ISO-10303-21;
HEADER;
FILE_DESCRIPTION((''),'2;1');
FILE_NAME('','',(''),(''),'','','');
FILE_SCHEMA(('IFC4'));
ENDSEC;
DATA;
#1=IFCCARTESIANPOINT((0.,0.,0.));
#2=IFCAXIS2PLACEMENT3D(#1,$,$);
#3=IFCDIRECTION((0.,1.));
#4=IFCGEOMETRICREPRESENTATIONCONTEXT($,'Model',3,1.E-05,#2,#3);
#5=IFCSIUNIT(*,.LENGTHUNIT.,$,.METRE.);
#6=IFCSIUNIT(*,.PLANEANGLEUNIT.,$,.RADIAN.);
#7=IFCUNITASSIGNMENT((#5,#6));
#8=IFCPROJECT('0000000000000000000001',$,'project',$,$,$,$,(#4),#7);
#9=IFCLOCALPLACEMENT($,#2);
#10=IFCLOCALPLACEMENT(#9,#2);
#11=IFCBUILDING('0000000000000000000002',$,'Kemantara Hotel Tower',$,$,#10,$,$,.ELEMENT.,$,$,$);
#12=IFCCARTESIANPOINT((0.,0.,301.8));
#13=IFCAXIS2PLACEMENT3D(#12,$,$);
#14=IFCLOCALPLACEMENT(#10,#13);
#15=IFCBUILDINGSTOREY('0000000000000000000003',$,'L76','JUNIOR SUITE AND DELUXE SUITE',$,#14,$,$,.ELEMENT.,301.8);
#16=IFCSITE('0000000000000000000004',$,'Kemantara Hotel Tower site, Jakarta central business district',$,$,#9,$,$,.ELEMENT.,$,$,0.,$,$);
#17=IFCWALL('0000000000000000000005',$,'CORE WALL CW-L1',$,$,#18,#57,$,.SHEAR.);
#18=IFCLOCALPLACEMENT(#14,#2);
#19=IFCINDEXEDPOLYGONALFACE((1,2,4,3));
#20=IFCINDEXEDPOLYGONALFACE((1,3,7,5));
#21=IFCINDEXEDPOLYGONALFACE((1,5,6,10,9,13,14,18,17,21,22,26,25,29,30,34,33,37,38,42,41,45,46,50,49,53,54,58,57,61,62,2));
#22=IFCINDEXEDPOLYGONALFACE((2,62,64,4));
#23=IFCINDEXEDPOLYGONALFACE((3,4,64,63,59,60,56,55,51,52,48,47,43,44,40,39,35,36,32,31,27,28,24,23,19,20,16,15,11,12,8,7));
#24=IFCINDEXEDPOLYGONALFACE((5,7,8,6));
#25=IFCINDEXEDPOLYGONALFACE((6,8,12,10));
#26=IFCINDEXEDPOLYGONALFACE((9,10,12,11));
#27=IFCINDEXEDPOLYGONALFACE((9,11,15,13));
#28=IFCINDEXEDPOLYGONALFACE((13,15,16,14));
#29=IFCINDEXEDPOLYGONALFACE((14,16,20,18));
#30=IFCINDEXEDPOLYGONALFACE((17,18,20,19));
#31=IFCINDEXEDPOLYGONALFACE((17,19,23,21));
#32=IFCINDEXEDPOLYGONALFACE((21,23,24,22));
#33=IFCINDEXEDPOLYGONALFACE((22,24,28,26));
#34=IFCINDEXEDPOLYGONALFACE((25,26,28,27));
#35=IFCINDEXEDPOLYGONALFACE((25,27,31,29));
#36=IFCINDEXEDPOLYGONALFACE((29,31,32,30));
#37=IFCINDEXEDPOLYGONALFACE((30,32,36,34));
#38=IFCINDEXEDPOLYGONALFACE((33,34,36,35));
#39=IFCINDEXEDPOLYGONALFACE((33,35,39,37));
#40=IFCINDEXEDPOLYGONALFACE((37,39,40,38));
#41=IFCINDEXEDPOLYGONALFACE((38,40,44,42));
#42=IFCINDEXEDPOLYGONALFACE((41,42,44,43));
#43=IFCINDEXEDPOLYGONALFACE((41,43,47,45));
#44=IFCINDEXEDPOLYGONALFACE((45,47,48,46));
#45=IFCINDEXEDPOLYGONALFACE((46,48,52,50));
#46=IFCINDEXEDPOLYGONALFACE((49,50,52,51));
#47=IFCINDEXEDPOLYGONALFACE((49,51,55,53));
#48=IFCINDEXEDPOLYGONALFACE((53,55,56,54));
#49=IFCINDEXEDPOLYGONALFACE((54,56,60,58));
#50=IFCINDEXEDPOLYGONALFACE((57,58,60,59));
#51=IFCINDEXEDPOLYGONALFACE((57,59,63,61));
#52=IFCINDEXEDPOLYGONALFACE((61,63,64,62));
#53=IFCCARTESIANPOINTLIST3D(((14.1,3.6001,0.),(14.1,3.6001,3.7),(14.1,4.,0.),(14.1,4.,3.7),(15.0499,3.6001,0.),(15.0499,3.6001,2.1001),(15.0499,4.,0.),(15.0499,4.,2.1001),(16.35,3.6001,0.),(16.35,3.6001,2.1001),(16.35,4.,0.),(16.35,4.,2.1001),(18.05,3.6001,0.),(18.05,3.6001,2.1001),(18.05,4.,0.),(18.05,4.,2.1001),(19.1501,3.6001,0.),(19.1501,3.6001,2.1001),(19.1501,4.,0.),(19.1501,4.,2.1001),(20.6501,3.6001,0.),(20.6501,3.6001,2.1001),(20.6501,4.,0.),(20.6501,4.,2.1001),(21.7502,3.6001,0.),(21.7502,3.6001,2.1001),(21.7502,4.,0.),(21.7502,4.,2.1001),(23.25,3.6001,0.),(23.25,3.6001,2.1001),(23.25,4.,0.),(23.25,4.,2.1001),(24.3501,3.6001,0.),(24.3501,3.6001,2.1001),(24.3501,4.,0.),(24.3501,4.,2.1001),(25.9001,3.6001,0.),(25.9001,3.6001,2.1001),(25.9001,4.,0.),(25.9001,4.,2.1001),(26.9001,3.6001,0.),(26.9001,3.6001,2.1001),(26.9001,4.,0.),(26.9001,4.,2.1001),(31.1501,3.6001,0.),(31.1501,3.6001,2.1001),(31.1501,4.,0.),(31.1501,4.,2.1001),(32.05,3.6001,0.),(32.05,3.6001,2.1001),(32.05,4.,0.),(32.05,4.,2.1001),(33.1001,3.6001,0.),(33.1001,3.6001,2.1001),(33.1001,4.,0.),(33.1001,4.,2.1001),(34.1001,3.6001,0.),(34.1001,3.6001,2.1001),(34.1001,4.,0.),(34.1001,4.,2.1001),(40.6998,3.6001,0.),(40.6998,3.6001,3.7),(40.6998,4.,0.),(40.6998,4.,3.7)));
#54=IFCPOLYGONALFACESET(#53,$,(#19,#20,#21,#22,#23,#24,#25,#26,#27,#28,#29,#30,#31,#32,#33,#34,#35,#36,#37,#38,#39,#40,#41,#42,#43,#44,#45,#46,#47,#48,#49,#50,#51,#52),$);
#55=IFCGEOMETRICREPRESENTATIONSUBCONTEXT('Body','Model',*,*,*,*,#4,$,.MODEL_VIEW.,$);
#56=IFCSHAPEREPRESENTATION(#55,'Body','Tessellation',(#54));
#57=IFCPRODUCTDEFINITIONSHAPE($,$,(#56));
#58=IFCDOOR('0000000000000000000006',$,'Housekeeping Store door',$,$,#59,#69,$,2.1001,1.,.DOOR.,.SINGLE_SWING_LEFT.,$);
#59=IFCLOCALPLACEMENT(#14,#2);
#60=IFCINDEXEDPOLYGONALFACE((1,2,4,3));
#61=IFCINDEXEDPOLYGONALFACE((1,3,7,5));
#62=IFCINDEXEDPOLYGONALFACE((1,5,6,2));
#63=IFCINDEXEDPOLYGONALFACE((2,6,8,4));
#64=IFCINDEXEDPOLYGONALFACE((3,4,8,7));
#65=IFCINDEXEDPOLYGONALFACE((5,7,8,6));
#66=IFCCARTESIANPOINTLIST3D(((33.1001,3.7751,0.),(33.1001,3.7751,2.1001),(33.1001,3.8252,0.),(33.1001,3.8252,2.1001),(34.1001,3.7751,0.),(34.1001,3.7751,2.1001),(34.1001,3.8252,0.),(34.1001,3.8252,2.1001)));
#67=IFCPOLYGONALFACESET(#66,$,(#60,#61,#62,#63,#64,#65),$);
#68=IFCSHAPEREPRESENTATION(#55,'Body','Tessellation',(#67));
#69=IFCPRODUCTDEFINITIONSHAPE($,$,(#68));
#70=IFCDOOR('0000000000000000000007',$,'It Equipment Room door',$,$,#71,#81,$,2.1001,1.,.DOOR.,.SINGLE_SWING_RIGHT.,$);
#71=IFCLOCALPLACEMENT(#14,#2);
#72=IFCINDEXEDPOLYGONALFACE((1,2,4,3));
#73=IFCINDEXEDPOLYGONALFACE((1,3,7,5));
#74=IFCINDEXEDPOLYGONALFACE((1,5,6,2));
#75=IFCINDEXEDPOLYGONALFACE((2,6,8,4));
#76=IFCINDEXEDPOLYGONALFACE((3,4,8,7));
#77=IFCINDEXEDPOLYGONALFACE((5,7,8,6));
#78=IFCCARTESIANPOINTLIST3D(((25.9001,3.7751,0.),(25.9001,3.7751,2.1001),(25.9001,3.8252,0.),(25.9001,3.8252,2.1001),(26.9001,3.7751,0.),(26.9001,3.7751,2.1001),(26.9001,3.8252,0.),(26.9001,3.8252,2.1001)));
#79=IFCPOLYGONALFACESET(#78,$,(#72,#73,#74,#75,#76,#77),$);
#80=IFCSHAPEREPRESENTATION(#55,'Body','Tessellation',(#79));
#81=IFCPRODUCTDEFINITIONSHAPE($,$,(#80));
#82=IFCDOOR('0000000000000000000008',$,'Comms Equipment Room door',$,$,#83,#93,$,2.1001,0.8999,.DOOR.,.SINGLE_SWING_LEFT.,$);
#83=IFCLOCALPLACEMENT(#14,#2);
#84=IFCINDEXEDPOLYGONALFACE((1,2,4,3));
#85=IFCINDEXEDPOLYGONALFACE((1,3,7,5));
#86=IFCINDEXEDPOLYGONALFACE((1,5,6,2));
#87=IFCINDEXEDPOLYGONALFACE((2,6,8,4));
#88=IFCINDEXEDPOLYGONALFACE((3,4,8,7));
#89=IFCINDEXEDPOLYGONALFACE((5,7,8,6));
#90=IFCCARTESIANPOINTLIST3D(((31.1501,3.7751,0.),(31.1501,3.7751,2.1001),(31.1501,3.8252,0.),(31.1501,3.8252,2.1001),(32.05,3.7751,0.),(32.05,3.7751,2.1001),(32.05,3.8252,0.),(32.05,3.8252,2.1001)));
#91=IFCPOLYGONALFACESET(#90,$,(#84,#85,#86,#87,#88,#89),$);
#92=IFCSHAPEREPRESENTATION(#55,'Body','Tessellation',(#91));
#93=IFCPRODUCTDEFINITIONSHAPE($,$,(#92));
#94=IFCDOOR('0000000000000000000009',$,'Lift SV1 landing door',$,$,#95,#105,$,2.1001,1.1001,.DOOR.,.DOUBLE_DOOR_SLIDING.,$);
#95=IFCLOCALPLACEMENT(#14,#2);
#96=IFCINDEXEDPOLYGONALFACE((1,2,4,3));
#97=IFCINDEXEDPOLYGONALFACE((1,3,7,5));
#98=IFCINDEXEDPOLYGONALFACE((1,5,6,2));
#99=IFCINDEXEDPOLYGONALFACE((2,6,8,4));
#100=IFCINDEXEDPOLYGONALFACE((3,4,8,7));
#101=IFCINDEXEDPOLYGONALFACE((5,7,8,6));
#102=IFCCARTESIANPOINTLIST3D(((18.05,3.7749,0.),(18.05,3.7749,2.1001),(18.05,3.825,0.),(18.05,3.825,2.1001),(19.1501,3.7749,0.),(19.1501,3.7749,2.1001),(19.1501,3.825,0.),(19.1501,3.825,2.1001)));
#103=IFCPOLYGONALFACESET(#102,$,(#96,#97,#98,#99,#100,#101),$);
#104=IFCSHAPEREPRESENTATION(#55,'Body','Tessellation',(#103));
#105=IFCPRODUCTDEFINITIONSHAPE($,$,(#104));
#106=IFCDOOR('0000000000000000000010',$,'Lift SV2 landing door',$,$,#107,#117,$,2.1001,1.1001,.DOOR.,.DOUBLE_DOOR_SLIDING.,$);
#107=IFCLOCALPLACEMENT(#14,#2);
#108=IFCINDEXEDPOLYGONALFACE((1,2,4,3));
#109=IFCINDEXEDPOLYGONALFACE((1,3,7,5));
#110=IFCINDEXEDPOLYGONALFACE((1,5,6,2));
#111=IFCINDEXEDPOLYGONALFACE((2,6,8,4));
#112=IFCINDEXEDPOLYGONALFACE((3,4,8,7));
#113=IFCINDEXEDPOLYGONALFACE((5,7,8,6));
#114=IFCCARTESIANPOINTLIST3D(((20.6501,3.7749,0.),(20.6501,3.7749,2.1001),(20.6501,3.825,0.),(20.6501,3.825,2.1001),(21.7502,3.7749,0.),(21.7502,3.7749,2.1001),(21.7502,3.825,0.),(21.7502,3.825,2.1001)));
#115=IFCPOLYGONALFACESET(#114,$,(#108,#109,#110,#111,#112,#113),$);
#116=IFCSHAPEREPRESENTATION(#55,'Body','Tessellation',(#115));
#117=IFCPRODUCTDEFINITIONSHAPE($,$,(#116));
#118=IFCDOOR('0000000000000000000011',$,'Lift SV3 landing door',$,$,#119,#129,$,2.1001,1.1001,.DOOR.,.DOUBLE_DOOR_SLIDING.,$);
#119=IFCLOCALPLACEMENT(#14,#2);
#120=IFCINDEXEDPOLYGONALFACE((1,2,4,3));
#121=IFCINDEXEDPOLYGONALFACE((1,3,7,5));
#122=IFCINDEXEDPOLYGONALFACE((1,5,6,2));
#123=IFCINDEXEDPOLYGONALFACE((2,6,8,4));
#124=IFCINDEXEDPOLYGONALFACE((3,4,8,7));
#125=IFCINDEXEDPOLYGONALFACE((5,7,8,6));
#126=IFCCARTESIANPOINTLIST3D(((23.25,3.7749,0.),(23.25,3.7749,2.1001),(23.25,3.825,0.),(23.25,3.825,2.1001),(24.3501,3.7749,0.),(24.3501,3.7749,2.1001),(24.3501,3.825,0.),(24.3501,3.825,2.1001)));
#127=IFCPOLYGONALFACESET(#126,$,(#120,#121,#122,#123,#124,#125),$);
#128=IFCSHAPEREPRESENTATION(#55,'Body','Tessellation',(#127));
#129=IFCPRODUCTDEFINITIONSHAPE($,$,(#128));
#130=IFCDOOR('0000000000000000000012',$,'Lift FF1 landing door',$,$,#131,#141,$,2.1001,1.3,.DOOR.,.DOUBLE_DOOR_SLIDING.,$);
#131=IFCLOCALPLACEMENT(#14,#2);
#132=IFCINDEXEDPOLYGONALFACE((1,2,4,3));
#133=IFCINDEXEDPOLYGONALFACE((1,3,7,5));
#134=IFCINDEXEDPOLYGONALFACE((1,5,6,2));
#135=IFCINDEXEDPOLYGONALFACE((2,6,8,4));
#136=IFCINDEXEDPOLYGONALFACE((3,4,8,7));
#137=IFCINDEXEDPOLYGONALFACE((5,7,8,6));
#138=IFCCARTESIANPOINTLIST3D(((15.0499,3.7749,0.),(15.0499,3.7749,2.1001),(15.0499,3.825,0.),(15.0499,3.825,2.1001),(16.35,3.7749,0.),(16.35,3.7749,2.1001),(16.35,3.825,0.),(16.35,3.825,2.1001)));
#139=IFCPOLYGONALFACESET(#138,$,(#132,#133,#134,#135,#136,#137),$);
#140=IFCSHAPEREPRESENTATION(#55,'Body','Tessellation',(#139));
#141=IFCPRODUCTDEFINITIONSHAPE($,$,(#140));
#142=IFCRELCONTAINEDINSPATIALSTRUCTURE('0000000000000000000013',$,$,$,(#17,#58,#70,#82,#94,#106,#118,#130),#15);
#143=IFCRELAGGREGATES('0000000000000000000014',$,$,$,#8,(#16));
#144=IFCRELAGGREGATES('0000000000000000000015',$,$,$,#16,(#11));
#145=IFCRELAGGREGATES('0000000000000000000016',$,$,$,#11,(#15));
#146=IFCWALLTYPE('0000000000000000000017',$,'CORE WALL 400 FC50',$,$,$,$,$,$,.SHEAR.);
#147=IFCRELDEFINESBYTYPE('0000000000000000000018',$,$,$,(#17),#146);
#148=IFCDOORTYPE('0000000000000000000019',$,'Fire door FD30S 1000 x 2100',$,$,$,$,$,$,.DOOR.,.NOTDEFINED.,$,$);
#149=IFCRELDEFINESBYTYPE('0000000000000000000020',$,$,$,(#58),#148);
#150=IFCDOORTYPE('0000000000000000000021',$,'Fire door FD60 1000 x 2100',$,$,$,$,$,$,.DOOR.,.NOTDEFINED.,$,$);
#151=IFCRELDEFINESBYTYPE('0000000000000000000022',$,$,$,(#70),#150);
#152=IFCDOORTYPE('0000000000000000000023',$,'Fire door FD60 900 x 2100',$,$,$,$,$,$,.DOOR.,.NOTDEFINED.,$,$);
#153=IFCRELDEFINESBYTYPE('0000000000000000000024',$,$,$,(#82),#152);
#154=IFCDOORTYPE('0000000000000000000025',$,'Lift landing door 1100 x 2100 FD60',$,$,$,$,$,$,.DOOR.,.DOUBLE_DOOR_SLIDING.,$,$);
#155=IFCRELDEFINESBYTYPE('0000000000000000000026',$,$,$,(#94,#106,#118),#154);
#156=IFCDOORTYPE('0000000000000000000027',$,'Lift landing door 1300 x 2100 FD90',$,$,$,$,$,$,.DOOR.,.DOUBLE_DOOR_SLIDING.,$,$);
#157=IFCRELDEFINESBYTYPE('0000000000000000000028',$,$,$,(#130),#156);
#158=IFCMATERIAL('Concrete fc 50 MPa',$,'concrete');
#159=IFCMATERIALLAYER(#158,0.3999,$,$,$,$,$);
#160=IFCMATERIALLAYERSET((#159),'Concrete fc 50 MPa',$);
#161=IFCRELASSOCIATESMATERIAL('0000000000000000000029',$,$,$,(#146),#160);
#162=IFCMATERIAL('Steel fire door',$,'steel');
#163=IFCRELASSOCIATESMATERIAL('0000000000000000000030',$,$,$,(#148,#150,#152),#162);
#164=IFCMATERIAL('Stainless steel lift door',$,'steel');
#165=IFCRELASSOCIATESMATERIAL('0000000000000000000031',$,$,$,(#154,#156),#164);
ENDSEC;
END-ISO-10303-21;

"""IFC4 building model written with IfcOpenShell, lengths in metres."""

from ifc_helpers import new_model, si_unit, direction, frame, frame_2d, origin, place, context, subcontext, project, spatial, rectangle, extrude, material, layer, layer_set, type_object, element, fill, save


model = new_model("IFC4")

# Units and contexts
model_context = context("Model", 3, precision=1e-05, world=origin(), true_north=direction((0.0, 1.0)))
body_context = subcontext(model_context, "Body", "Model", "MODEL_VIEW")
ifc_project = project(units=[si_unit("LENGTHUNIT", "METRE"), si_unit("PLANEANGLEUNIT", "RADIAN")], contexts=[model_context])

# Site, building, storey
site_placement = place(None, origin())
site = spatial("IfcSite", under=ifc_project, at=site_placement, Name="Kemantara Hotel Tower site, Jakarta central business district", CompositionType="ELEMENT", RefElevation=0.0)
building_placement = place(site_placement, origin())
building = spatial("IfcBuilding", under=site, at=building_placement, Name="Kemantara Hotel Tower", CompositionType="ELEMENT")
storey_placement = place(building_placement, frame((0.0, 0.0, 301.8)))
storey = spatial("IfcBuildingStorey", under=building, at=storey_placement, Name="L76", Description="JUNIOR SUITE AND DELUXE SUITE", CompositionType="ELEMENT", Elevation=301.8)

# Shared definitions
ifc_material_1 = material(Name="Concrete fc 50 MPa", Category="concrete")

# Shared definitions
ifc_layer_1 = layer(ifc_material_1, 0.3999)
ifc_layer_set_1 = layer_set([ifc_layer_1], Name="Concrete fc 50 MPa")
wall_type_1 = type_object("IfcWallType", Name="CORE WALL 400 FC50", PredefinedType="SHEAR", material=ifc_layer_set_1)
ifc_material_2 = material(Name="Steel fire door", Category="steel")
door_type_1 = type_object("IfcDoorType", Name="Fire door FD30S 1000 x 2100", OperationType="NOTDEFINED", PredefinedType="DOOR", material=ifc_material_2)

# Wall, openings, doors
wall_1_placement = place(storey_placement, frame((14.1001, 3.8, 0.0), z_axis=(0.0, 0.0, 1.0), x_axis=(1.0, 0.0, 0.0)))
wall_1 = element("IfcWall", 1, at=wall_1_placement, inside=storey, type_object=wall_type_1, Name="CORE WALL CW-L1", PredefinedType="SHEAR", context=body_context, shape_type="SweptSolid", body=[
    extrude(rectangle(XDim=26.5999, YDim=0.3999, at=frame_2d((13.2998, 0.0))), origin(), (0.0, 0.0, 1.0), 3.7),
])
opening_1_placement = place(wall_1_placement, frame((0.95, 0.0, 0.0)))
opening_1 = element("IfcOpeningElement", 2, at=opening_1_placement, cuts=wall_1, PredefinedType="OPENING", context=body_context, shape_type="SweptSolid", body=[
    extrude(rectangle(XDim=1.3, YDim=2.1001, at=frame_2d((0.6499, 1.05))), frame((0.0, 0.21, 0.0), z_axis=(0.0, -1.0, 0.0), x_axis=(1.0, 0.0, 0.0)), (0.0, 0.0, 1.0), 0.4199),
])
opening_2_placement = place(wall_1_placement, frame((3.95, 0.0, 0.0)))
opening_2 = element("IfcOpeningElement", 3, at=opening_2_placement, cuts=wall_1, PredefinedType="OPENING", context=body_context, shape_type="SweptSolid", body=[
    extrude(rectangle(XDim=1.1001, YDim=2.1001, at=frame_2d((0.55, 1.05))), frame((0.0, 0.21, 0.0), z_axis=(0.0, -1.0, 0.0), x_axis=(1.0, 0.0, 0.0)), (0.0, 0.0, 1.0), 0.4199),
])
opening_3_placement = place(wall_1_placement, frame((6.55, 0.0, 0.0)))
opening_3 = element("IfcOpeningElement", 4, at=opening_3_placement, cuts=wall_1, PredefinedType="OPENING", context=body_context, shape_type="SweptSolid", body=[
    extrude(rectangle(XDim=1.1001, YDim=2.1001, at=frame_2d((0.55, 1.05))), frame((0.0, 0.21, 0.0), z_axis=(0.0, -1.0, 0.0), x_axis=(1.0, 0.0, 0.0)), (0.0, 0.0, 1.0), 0.4199),
])
opening_4_placement = place(wall_1_placement, frame((9.1499, 0.0, 0.0)))
opening_4 = element("IfcOpeningElement", 5, at=opening_4_placement, cuts=wall_1, PredefinedType="OPENING", context=body_context, shape_type="SweptSolid", body=[
    extrude(rectangle(XDim=1.1001, YDim=2.1001, at=frame_2d((0.55, 1.05))), frame((0.0, 0.21, 0.0), z_axis=(0.0, -1.0, 0.0), x_axis=(1.0, 0.0, 0.0)), (0.0, 0.0, 1.0), 0.4199),
])
opening_5_placement = place(wall_1_placement, frame((11.8, 0.0, 0.0)))
opening_5 = element("IfcOpeningElement", 6, at=opening_5_placement, cuts=wall_1, PredefinedType="OPENING", context=body_context, shape_type="SweptSolid", body=[
    extrude(rectangle(XDim=1.0, YDim=2.1001, at=frame_2d((0.5, 1.05))), frame((0.0, 0.21, 0.0), z_axis=(0.0, -1.0, 0.0), x_axis=(1.0, 0.0, 0.0)), (0.0, 0.0, 1.0), 0.4199),
])
opening_6_placement = place(wall_1_placement, frame((17.05, 0.0, 0.0)))
opening_6 = element("IfcOpeningElement", 7, at=opening_6_placement, cuts=wall_1, PredefinedType="OPENING", context=body_context, shape_type="SweptSolid", body=[
    extrude(rectangle(XDim=0.8999, YDim=2.1001, at=frame_2d((0.45, 1.05))), frame((0.0, 0.21, 0.0), z_axis=(0.0, -1.0, 0.0), x_axis=(1.0, 0.0, 0.0)), (0.0, 0.0, 1.0), 0.4199),
])
opening_7_placement = place(wall_1_placement, frame((19.0, 0.0, 0.0)))
opening_7 = element("IfcOpeningElement", 8, at=opening_7_placement, cuts=wall_1, PredefinedType="OPENING", context=body_context, shape_type="SweptSolid", body=[
    extrude(rectangle(XDim=1.0, YDim=2.1001, at=frame_2d((0.5, 1.05))), frame((0.0, 0.21, 0.0), z_axis=(0.0, -1.0, 0.0), x_axis=(1.0, 0.0, 0.0)), (0.0, 0.0, 1.0), 0.4199),
])
door_1_placement = place(opening_7_placement, frame((1.0, 0.0, 0.0), z_axis=(0.0, 0.0, 1.0), x_axis=(-1.0, 0.0, 0.0)))
door_1 = element("IfcDoor", 9, at=door_1_placement, inside=storey, type_object=door_type_1, Name="Housekeeping Store door", OperationType="SINGLE_SWING_LEFT", OverallHeight=2.1001, OverallWidth=1.0, PredefinedType="DOOR", context=body_context, shape_type="SweptSolid", body=[
    extrude(rectangle(XDim=1.0, YDim=2.1001, at=frame_2d((0.5, 1.05))), frame((0.0, 0.0249, 0.0), z_axis=(0.0, -1.0, 0.0), x_axis=(1.0, 0.0, 0.0)), (0.0, 0.0, 1.0), 0.05),
])
fill(opening_7, door_1)
door_type_2 = type_object("IfcDoorType", Name="Fire door FD60 1000 x 2100", OperationType="NOTDEFINED", PredefinedType="DOOR", material=ifc_material_2)
door_2_placement = place(opening_5_placement, frame((1.0, 0.0, 0.0), z_axis=(0.0, 0.0, 1.0), x_axis=(-1.0, 0.0, 0.0)))
door_2 = element("IfcDoor", 10, at=door_2_placement, inside=storey, type_object=door_type_2, Name="It Equipment Room door", OperationType="SINGLE_SWING_RIGHT", OverallHeight=2.1001, OverallWidth=1.0, PredefinedType="DOOR", context=body_context, shape_type="SweptSolid", body=[
    extrude(rectangle(XDim=1.0, YDim=2.1001, at=frame_2d((0.5, 1.05))), frame((0.0, 0.0249, 0.0), z_axis=(0.0, -1.0, 0.0), x_axis=(1.0, 0.0, 0.0)), (0.0, 0.0, 1.0), 0.05),
])
fill(opening_5, door_2)
door_type_3 = type_object("IfcDoorType", Name="Fire door FD60 900 x 2100", OperationType="NOTDEFINED", PredefinedType="DOOR", material=ifc_material_2)
door_3_placement = place(opening_6_placement, frame((0.8999, 0.0, 0.0), z_axis=(0.0, 0.0, 1.0), x_axis=(-1.0, 0.0, 0.0)))
door_3 = element("IfcDoor", 11, at=door_3_placement, inside=storey, type_object=door_type_3, Name="Comms Equipment Room door", OperationType="SINGLE_SWING_LEFT", OverallHeight=2.1001, OverallWidth=0.8999, PredefinedType="DOOR", context=body_context, shape_type="SweptSolid", body=[
    extrude(rectangle(XDim=0.8999, YDim=2.1001, at=frame_2d((0.45, 1.05))), frame((0.0, 0.0249, 0.0), z_axis=(0.0, -1.0, 0.0), x_axis=(1.0, 0.0, 0.0)), (0.0, 0.0, 1.0), 0.05),
])
fill(opening_6, door_3)
ifc_material_3 = material(Name="Stainless steel lift door", Category="steel")
door_type_4 = type_object("IfcDoorType", Name="Lift landing door 1100 x 2100 FD60", OperationType="DOUBLE_DOOR_SLIDING", PredefinedType="DOOR", material=ifc_material_3)
door_4_placement = place(opening_2_placement, origin())
door_4 = element("IfcDoor", 12, at=door_4_placement, inside=storey, type_object=door_type_4, Name="Lift SV1 landing door", OperationType="DOUBLE_DOOR_SLIDING", OverallHeight=2.1001, OverallWidth=1.1001, PredefinedType="DOOR", context=body_context, shape_type="SweptSolid", body=[
    extrude(rectangle(XDim=1.1001, YDim=2.1001, at=frame_2d((0.55, 1.05))), frame((0.0, 0.0249, 0.0), z_axis=(0.0, -1.0, 0.0), x_axis=(1.0, 0.0, 0.0)), (0.0, 0.0, 1.0), 0.05),
])
fill(opening_2, door_4)
door_5_placement = place(opening_3_placement, origin())
door_5 = element("IfcDoor", 13, at=door_5_placement, inside=storey, type_object=door_type_4, Name="Lift SV2 landing door", OperationType="DOUBLE_DOOR_SLIDING", OverallHeight=2.1001, OverallWidth=1.1001, PredefinedType="DOOR", context=body_context, shape_type="SweptSolid", body=[
    extrude(rectangle(XDim=1.1001, YDim=2.1001, at=frame_2d((0.55, 1.05))), frame((0.0, 0.0249, 0.0), z_axis=(0.0, -1.0, 0.0), x_axis=(1.0, 0.0, 0.0)), (0.0, 0.0, 1.0), 0.05),
])
fill(opening_3, door_5)
door_6_placement = place(opening_4_placement, origin())
door_6 = element("IfcDoor", 14, at=door_6_placement, inside=storey, type_object=door_type_4, Name="Lift SV3 landing door", OperationType="DOUBLE_DOOR_SLIDING", OverallHeight=2.1001, OverallWidth=1.1001, PredefinedType="DOOR", context=body_context, shape_type="SweptSolid", body=[
    extrude(rectangle(XDim=1.1001, YDim=2.1001, at=frame_2d((0.55, 1.05))), frame((0.0, 0.0249, 0.0), z_axis=(0.0, -1.0, 0.0), x_axis=(1.0, 0.0, 0.0)), (0.0, 0.0, 1.0), 0.05),
])
fill(opening_4, door_6)
door_type_5 = type_object("IfcDoorType", Name="Lift landing door 1300 x 2100 FD90", OperationType="DOUBLE_DOOR_SLIDING", PredefinedType="DOOR", material=ifc_material_3)
door_7_placement = place(opening_1_placement, origin())
door_7 = element("IfcDoor", 15, at=door_7_placement, inside=storey, type_object=door_type_5, Name="Lift FF1 landing door", OperationType="DOUBLE_DOOR_SLIDING", OverallHeight=2.1001, OverallWidth=1.3, PredefinedType="DOOR", context=body_context, shape_type="SweptSolid", body=[
    extrude(rectangle(XDim=1.3, YDim=2.1001, at=frame_2d((0.6499, 1.05))), frame((0.0, 0.0249, 0.0), z_axis=(0.0, -1.0, 0.0), x_axis=(1.0, 0.0, 0.0)), (0.0, 0.0, 1.0), 0.05),
])
fill(opening_1, door_7)

save(model, "model.ifc")
